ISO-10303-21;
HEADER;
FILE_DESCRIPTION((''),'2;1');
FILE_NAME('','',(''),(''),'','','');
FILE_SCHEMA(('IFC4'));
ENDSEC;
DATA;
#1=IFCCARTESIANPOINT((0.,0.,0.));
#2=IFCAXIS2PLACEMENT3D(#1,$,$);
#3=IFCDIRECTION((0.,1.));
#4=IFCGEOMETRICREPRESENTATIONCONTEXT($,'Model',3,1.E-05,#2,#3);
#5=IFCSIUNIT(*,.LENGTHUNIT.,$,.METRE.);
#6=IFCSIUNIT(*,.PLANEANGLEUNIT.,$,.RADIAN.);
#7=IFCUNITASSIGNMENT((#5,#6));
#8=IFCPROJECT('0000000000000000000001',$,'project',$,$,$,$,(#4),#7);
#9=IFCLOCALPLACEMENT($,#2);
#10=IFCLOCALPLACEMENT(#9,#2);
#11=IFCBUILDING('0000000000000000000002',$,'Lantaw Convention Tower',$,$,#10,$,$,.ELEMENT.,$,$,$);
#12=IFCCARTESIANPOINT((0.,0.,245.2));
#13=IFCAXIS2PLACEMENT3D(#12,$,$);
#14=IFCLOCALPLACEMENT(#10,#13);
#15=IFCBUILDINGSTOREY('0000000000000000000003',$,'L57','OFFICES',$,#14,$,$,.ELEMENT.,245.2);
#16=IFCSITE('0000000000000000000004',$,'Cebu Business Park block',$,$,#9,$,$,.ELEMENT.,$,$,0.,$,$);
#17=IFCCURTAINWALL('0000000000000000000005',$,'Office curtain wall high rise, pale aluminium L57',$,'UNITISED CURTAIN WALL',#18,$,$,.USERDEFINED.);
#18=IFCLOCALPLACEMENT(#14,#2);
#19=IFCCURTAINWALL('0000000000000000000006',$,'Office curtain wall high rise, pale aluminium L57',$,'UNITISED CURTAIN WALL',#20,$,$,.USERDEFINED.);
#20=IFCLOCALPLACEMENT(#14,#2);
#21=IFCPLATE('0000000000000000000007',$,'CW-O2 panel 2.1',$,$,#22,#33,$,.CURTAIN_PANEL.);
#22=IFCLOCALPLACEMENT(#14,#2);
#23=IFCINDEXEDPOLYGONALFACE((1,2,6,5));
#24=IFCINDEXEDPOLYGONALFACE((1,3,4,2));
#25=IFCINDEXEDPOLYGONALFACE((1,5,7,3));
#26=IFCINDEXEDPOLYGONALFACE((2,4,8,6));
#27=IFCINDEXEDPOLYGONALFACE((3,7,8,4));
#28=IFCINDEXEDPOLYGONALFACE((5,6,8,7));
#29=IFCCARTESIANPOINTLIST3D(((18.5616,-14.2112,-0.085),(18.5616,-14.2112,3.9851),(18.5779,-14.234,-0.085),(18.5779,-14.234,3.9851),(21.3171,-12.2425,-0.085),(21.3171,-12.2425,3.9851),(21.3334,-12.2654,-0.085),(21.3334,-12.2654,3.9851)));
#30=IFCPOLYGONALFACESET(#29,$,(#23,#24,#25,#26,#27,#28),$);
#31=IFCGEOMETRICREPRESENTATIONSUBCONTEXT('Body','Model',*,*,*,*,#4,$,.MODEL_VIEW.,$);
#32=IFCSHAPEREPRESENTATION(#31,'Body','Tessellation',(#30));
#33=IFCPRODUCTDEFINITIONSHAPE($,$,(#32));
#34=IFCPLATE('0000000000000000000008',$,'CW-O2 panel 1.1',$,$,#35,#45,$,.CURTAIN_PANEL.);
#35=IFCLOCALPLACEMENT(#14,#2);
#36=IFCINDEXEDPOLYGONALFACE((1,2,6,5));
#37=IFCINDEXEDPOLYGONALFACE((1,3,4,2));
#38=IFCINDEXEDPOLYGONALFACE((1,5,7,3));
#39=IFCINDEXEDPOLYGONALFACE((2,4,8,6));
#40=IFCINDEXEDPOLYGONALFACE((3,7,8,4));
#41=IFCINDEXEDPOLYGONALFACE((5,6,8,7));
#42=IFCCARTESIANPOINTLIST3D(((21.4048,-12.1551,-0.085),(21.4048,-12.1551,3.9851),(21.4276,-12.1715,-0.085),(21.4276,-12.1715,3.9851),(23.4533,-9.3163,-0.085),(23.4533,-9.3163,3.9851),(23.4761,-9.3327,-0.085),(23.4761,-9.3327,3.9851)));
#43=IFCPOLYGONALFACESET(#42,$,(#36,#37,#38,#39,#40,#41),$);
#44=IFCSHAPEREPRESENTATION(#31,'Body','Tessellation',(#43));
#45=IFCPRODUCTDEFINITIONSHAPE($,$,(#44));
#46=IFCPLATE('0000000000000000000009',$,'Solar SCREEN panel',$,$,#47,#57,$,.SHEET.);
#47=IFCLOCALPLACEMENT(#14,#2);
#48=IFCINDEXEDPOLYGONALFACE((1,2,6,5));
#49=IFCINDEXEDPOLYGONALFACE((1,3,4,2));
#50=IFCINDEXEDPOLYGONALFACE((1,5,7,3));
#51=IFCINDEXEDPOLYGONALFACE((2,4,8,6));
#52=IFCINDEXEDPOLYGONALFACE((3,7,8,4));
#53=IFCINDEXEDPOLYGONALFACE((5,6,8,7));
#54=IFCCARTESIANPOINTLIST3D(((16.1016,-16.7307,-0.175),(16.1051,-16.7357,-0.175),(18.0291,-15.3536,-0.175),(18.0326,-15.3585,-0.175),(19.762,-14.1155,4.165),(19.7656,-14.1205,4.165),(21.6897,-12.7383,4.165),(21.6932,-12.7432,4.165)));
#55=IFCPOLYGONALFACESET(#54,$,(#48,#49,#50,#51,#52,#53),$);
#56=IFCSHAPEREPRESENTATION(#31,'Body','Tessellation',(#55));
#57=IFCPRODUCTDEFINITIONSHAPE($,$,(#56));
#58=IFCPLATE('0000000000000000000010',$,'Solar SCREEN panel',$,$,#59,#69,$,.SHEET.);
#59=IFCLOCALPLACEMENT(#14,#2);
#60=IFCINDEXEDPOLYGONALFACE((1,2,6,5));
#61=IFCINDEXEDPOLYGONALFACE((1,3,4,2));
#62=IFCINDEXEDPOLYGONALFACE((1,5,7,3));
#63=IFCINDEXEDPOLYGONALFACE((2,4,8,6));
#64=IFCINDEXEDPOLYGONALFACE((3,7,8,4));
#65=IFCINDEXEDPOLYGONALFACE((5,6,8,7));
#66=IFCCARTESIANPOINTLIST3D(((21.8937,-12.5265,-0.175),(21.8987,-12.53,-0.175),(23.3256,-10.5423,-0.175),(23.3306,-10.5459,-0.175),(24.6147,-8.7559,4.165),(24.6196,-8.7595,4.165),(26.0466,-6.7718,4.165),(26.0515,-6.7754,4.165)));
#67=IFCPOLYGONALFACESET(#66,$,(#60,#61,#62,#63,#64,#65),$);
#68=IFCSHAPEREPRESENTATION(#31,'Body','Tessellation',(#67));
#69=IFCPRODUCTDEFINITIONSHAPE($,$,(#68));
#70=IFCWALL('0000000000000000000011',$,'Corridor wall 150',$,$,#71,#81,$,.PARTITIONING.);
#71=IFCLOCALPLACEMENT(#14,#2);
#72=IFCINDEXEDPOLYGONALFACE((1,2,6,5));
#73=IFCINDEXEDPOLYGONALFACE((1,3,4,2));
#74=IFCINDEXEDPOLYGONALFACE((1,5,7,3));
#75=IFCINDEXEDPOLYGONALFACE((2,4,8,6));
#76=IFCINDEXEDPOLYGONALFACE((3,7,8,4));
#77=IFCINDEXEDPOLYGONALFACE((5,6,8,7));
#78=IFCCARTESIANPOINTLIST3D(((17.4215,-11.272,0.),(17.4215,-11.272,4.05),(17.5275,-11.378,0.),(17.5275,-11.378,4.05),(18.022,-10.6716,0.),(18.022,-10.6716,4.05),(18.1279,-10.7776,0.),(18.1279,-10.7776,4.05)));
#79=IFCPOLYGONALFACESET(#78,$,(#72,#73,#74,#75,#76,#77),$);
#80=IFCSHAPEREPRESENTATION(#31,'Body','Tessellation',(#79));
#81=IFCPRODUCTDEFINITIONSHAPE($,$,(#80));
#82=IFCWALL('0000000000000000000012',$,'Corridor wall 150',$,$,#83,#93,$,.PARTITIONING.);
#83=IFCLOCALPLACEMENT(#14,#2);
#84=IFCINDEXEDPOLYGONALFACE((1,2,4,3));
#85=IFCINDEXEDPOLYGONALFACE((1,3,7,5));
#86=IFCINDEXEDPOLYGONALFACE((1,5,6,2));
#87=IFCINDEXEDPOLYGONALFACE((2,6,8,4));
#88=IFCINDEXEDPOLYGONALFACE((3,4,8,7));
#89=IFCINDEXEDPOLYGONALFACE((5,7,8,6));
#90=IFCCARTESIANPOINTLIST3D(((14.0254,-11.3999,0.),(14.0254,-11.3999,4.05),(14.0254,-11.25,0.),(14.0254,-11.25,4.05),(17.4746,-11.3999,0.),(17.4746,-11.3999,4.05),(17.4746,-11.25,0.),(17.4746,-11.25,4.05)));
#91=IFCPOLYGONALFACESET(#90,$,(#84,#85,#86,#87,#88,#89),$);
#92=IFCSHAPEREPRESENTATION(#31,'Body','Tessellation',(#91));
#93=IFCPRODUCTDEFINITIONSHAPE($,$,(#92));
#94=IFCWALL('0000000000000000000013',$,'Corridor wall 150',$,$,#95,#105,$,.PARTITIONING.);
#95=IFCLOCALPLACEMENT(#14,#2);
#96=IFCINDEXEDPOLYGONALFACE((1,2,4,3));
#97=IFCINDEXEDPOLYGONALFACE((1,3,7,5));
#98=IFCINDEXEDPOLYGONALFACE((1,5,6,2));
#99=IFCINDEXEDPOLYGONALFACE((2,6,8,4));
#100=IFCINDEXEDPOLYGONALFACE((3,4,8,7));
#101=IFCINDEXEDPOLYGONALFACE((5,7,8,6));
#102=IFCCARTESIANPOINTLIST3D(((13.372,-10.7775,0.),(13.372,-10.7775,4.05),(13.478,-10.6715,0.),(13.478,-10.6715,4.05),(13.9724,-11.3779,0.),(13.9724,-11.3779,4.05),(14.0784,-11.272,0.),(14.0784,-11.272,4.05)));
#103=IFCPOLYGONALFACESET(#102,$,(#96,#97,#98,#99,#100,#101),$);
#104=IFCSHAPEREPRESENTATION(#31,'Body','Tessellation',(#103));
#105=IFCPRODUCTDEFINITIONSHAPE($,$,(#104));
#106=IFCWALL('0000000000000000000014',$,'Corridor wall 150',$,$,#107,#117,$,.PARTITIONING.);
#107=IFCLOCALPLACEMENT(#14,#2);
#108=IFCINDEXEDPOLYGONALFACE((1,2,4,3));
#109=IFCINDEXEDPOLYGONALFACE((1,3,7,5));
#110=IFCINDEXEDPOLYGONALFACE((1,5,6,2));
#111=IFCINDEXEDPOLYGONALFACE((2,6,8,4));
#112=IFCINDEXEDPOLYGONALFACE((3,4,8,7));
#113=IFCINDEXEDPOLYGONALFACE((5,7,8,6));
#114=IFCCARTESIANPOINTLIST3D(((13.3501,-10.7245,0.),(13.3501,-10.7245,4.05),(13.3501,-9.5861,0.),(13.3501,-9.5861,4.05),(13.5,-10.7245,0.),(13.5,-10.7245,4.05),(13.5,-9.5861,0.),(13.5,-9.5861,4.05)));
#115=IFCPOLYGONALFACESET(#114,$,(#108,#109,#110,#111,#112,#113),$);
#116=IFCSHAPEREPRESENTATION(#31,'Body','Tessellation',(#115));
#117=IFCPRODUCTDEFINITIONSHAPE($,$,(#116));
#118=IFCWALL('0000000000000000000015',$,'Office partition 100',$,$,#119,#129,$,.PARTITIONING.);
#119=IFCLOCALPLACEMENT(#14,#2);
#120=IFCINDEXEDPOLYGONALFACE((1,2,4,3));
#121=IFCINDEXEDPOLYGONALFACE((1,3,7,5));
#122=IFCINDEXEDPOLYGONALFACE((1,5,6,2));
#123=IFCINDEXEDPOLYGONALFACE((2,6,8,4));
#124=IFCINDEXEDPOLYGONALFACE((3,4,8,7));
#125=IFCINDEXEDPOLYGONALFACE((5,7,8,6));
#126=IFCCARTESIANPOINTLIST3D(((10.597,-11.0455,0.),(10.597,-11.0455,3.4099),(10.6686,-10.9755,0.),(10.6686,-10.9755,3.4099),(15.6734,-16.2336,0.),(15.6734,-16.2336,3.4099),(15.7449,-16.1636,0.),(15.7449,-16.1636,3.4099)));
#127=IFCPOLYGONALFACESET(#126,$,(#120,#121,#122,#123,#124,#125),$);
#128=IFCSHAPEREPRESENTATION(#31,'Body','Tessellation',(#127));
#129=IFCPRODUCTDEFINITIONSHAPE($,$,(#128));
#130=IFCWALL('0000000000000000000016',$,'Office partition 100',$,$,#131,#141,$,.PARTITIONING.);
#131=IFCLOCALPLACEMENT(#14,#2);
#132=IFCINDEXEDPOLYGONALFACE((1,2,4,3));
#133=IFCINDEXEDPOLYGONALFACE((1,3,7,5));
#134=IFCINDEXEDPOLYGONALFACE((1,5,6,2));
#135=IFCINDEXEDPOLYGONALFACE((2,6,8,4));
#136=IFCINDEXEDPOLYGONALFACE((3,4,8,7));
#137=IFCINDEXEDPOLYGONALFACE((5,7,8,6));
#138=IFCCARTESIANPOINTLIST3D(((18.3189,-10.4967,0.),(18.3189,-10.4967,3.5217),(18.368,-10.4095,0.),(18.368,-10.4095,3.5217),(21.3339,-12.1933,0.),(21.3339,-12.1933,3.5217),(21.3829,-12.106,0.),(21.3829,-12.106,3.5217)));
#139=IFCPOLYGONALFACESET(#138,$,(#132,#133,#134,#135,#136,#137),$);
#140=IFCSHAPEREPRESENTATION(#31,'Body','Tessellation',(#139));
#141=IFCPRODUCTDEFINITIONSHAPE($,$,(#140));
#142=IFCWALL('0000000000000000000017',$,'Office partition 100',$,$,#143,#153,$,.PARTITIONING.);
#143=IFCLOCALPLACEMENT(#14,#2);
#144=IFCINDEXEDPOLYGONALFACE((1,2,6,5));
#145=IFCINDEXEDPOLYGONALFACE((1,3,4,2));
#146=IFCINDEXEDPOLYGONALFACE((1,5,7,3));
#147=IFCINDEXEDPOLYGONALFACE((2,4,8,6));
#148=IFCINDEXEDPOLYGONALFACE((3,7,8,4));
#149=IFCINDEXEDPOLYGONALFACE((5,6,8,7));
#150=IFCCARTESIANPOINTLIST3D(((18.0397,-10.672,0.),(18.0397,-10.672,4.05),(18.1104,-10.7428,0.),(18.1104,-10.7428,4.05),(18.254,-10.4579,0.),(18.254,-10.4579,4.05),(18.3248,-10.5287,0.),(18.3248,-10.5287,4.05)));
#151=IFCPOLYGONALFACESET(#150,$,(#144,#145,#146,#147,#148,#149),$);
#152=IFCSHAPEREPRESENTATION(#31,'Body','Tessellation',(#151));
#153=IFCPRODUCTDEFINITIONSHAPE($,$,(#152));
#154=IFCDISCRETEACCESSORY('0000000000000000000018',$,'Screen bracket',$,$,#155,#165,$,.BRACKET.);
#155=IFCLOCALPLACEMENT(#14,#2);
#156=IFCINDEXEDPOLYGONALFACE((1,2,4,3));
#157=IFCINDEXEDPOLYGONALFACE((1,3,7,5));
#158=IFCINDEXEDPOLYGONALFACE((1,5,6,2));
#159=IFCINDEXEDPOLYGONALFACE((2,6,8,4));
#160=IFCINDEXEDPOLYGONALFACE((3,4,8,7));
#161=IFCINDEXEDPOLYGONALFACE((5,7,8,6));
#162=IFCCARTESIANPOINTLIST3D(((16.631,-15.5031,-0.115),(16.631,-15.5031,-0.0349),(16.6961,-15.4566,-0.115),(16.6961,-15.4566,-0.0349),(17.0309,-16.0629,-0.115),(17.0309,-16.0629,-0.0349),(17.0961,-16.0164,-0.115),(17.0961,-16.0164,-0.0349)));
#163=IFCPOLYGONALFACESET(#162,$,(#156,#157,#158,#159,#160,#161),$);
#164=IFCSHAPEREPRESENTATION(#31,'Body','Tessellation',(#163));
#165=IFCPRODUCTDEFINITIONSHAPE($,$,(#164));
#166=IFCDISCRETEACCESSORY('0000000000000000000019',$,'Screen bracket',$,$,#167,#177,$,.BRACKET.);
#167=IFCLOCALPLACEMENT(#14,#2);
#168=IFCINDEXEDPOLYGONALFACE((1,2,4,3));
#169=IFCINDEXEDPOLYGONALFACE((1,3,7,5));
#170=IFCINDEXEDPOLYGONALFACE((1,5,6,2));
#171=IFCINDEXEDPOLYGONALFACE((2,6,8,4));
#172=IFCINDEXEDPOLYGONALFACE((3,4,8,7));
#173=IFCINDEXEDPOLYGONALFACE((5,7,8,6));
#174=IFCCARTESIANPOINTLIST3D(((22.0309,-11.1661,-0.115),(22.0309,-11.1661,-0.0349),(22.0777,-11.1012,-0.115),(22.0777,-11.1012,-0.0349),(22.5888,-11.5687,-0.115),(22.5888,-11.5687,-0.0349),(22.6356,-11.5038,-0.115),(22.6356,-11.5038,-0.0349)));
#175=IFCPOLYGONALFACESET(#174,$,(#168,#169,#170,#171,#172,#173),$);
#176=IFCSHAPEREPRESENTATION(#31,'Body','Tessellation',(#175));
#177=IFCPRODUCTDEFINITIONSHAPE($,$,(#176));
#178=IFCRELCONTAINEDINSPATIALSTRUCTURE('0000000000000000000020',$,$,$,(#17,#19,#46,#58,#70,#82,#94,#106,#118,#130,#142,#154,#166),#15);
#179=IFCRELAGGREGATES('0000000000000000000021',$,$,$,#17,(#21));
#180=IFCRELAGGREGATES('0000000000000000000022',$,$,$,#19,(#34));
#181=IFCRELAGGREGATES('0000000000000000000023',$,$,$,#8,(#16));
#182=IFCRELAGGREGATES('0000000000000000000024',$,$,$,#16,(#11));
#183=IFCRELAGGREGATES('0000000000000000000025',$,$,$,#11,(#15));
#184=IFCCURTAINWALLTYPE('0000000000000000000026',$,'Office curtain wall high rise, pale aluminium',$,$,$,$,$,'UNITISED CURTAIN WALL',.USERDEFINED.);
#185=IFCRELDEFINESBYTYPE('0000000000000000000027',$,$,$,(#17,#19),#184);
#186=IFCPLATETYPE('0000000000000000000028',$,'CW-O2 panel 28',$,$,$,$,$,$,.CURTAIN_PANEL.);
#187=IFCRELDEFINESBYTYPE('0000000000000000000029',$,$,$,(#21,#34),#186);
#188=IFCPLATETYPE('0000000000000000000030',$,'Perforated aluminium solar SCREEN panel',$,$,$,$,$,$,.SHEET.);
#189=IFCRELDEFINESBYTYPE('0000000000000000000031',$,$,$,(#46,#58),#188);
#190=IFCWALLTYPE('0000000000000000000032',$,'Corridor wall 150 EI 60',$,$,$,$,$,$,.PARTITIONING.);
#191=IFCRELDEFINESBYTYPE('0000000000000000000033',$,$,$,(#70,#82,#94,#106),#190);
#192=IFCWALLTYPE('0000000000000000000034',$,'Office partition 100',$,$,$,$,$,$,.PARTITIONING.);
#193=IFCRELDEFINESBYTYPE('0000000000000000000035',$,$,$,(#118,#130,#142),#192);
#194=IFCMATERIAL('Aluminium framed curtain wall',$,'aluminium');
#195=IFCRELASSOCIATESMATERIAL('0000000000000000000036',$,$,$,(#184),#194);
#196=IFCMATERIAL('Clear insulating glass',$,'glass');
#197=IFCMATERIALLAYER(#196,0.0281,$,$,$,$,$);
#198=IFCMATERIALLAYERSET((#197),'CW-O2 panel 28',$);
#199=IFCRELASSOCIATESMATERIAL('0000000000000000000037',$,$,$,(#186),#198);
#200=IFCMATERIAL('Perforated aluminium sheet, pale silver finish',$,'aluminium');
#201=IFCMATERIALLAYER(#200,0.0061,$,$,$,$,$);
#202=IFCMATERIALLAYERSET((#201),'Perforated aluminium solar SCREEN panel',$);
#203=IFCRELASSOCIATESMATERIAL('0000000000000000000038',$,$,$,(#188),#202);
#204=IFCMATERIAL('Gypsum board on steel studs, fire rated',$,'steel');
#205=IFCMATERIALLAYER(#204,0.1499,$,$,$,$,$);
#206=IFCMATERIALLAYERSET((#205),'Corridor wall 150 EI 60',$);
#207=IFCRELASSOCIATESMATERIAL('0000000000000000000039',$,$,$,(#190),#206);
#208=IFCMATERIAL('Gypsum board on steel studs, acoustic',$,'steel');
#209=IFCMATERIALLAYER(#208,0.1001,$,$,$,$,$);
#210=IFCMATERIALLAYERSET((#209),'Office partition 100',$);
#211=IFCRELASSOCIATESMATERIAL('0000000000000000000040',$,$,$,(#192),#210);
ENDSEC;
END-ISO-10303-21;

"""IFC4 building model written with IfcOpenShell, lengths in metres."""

from ifc_helpers import new_model, si_unit, direction, frame, frame_2d, origin, origin_2d, place, context, subcontext, project, spatial, polyline, rectangle, outline, extrude, material, layer, layer_set, type_object, element, aggregate, save


model = new_model("IFC4")

# Units and contexts
model_context = context("Model", 3, precision=1e-05, world=origin(), true_north=direction((0.0, 1.0)))
body_context = subcontext(model_context, "Body", "Model", "MODEL_VIEW")
ifc_project = project(units=[si_unit("LENGTHUNIT", "METRE"), si_unit("PLANEANGLEUNIT", "RADIAN")], contexts=[model_context])

# Site, building, storey
site_placement = place(None, origin())
site = spatial("IfcSite", under=ifc_project, at=site_placement, Name="Cebu Business Park block", CompositionType="ELEMENT", RefElevation=0.0)
building_placement = place(site_placement, origin())
building = spatial("IfcBuilding", under=site, at=building_placement, Name="Lantaw Convention Tower", CompositionType="ELEMENT")
storey_placement = place(building_placement, frame((0.0, 0.0, 245.2)))
storey = spatial("IfcBuildingStorey", under=building, at=storey_placement, Name="L57", Description="OFFICES", CompositionType="ELEMENT", Elevation=245.2)

# Shared definitions
ifc_material_1 = material(Name="Aluminium framed curtain wall", Category="aluminium")
curtain_wall_type = type_object("IfcCurtainWallType", Name="Office curtain wall high rise, pale aluminium", ElementType="UNITISED CURTAIN WALL", PredefinedType="USERDEFINED", material=ifc_material_1)

# Curtain walls
curtain_wall_1_placement = place(storey_placement, origin())
curtain_wall_1 = element("IfcCurtainWall", 1, at=curtain_wall_1_placement, inside=storey, type_object=curtain_wall_type, Name="Office curtain wall high rise, pale aluminium L57", ObjectType="UNITISED CURTAIN WALL", PredefinedType="USERDEFINED")
curtain_wall_2_placement = place(storey_placement, origin())
curtain_wall_2 = element("IfcCurtainWall", 2, at=curtain_wall_2_placement, inside=storey, type_object=curtain_wall_type, Name="Office curtain wall high rise, pale aluminium L57", ObjectType="UNITISED CURTAIN WALL", PredefinedType="USERDEFINED")

# Plates
ifc_material_2 = material(Name="Clear insulating glass", Category="glass")
ifc_layer_1 = layer(ifc_material_2, 0.0281)
ifc_layer_set_1 = layer_set([ifc_layer_1], Name="CW-O2 panel 28")
plate_type_1 = type_object("IfcPlateType", Name="CW-O2 panel 28", PredefinedType="CURTAIN_PANEL", material=ifc_layer_set_1)
plate_1_placement = place(storey_placement, frame((19.9475, -13.2383, -0.085), z_axis=(0.0, 0.0, 1.0), x_axis=(0.813673, 0.581323, 0.0)))
plate_1 = element("IfcPlate", 3, at=plate_1_placement, type_object=plate_type_1, Name="CW-O2 panel 2.1", PredefinedType="CURTAIN_PANEL", context=body_context, shape_type="SweptSolid", body=[
    extrude(rectangle(XDim=3.3865, YDim=0.0281, at=origin_2d()), origin(), (0.0, 0.0, 1.0), 4.0701),
])
aggregate(curtain_wall_1, [plate_1])
plate_2_placement = place(storey_placement, frame((22.4404, -10.7439, -0.085), z_axis=(0.0, 0.0, 1.0), x_axis=(0.585158, 0.81092, 0.0)))
plate_2 = element("IfcPlate", 4, at=plate_2_placement, type_object=plate_type_1, Name="CW-O2 panel 1.1", PredefinedType="CURTAIN_PANEL", context=body_context, shape_type="SweptSolid", body=[
    extrude(rectangle(XDim=3.5007, YDim=0.0281, at=origin_2d()), origin(), (0.0, 0.0, 1.0), 4.0701),
])
aggregate(curtain_wall_2, [plate_2])

# Plates
ifc_material_3 = material(Name="Perforated aluminium sheet, pale silver finish", Category="aluminium")
ifc_layer_2 = layer(ifc_material_3, 0.0061)
ifc_layer_set_2 = layer_set([ifc_layer_2], Name="Perforated aluminium solar SCREEN panel")
plate_type_2 = type_object("IfcPlateType", Name="Perforated aluminium solar SCREEN panel", PredefinedType="SHEET", material=ifc_layer_set_2)
plate_3_placement = place(storey_placement, frame((16.1016, -16.7307, -0.175), z_axis=(-0.581331, 0.813667, 0.00001), x_axis=(0.813667, 0.581331, 0.0)))
element("IfcPlate", 5, at=plate_3_placement, inside=storey, type_object=plate_type_2, Name="Solar SCREEN panel", PredefinedType="SHEET", context=body_context, shape_type="SweptSolid", body=[
    extrude(outline(polyline([(0.0, 0.0), (2.3689, 0.0), (6.8678, -4.3401), (4.4987, -4.3401), (0.0, 0.0)])), origin(), (0.0, 0.0, -1.0), 0.0061),
])
plate_4_placement = place(storey_placement, frame((21.8987, -12.53, -0.175), z_axis=(0.810892, -0.585195, 0.00002), x_axis=(0.585195, 0.810892, 0.0)))
element("IfcPlate", 6, at=plate_4_placement, inside=storey, type_object=plate_type_2, Name="Solar SCREEN panel", PredefinedType="SHEET", context=body_context, shape_type="SweptSolid", body=[
    extrude(outline(polyline([(0.0, 0.0), (2.4468, 0.0), (7.0966, 4.3401), (4.6498, 4.3401), (0.0, 0.0)])), origin(), (0.0, 0.0, -1.0), 0.0061),
])

# Walls
ifc_material_4 = material(Name="Gypsum board on steel studs, fire rated", Category="steel")
ifc_layer_3 = layer(ifc_material_4, 0.1499)
ifc_layer_set_3 = layer_set([ifc_layer_3], Name="Corridor wall 150 EI 60")
wall_type_1 = type_object("IfcWallType", Name="Corridor wall 150 EI 60", PredefinedType="PARTITIONING", material=ifc_layer_set_3)
wall_1_placement = place(storey_placement, frame((18.075, -10.7246, 0.0), z_axis=(0.0, 0.0, 1.0), x_axis=(-0.707107, -0.707107, 0.0)))
element("IfcWall", 7, at=wall_1_placement, inside=storey, type_object=wall_type_1, Name="Corridor wall 150", PredefinedType="PARTITIONING", context=body_context, shape_type="SweptSolid", body=[
    extrude(rectangle(XDim=0.8491, YDim=0.1499, at=frame_2d((0.4246, 0.0))), origin(), (0.0, 0.0, 1.0), 4.05),
])
wall_2_placement = place(storey_placement, frame((17.4746, -11.325, 0.0), z_axis=(0.0, 0.0, 1.0), x_axis=(-1.0, 0.0, 0.0)))
element("IfcWall", 8, at=wall_2_placement, inside=storey, type_object=wall_type_1, Name="Corridor wall 150", PredefinedType="PARTITIONING", context=body_context, shape_type="SweptSolid", body=[
    extrude(rectangle(XDim=3.4492, YDim=0.1499, at=frame_2d((1.7246, 0.0))), origin(), (0.0, 0.0, 1.0), 4.05),
])
wall_3_placement = place(storey_placement, frame((14.0254, -11.325, 0.0), z_axis=(0.0, 0.0, 1.0), x_axis=(-0.707107, 0.707107, 0.0)))
element("IfcWall", 9, at=wall_3_placement, inside=storey, type_object=wall_type_1, Name="Corridor wall 150", PredefinedType="PARTITIONING", context=body_context, shape_type="SweptSolid", body=[
    extrude(rectangle(XDim=0.8491, YDim=0.1499, at=frame_2d((0.4246, 0.0))), origin(), (0.0, 0.0, 1.0), 4.05),
])
wall_4_placement = place(storey_placement, frame((13.425, -10.7246, 0.0), z_axis=(0.0, 0.0, 1.0), x_axis=(0.0, 1.0, 0.0)))
element("IfcWall", 10, at=wall_4_placement, inside=storey, type_object=wall_type_1, Name="Corridor wall 150", PredefinedType="PARTITIONING", context=body_context, shape_type="SweptSolid", body=[
    extrude(rectangle(XDim=1.1384, YDim=0.1499, at=frame_2d((0.5693, 0.0))), origin(), (0.0, 0.0, 1.0), 4.05),
])
ifc_material_5 = material(Name="Gypsum board on steel studs, acoustic", Category="steel")
ifc_layer_4 = layer(ifc_material_5, 0.1001)
ifc_layer_set_4 = layer_set([ifc_layer_4], Name="Office partition 100")
wall_type_2 = type_object("IfcWallType", Name="Office partition 100", PredefinedType="PARTITIONING", material=ifc_layer_set_4)
wall_5_placement = place(storey_placement, frame((15.7092, -16.1987, 0.0), z_axis=(0.0, 0.0, 1.0), x_axis=(-0.699363, 0.714767, 0.0)))
element("IfcWall", 11, at=wall_5_placement, inside=storey, type_object=wall_type_2, Name="Office partition 100", PredefinedType="PARTITIONING", context=body_context, shape_type="SweptSolid", body=[
    extrude(rectangle(XDim=7.2585, YDim=0.1001, at=frame_2d((3.6294, 0.0))), origin(), (0.0, 0.0, 1.0), 3.4099),
])
wall_6_placement = place(storey_placement, frame((21.3584, -12.1497, 0.0), z_axis=(0.0, 0.0, 1.0), x_axis=(-0.871494, 0.490405, 0.0)))
element("IfcWall", 12, at=wall_6_placement, inside=storey, type_object=wall_type_2, Name="Office partition 100", PredefinedType="PARTITIONING", context=body_context, shape_type="SweptSolid", body=[
    extrude(rectangle(XDim=3.4595, YDim=0.1001, at=frame_2d((1.7297, 0.0))), origin(), (0.0, 0.0, 1.0), 3.5217),
])
wall_7_placement = place(storey_placement, frame((18.2893, -10.4934, 0.0), z_axis=(0.0, 0.0, 1.0), x_axis=(-0.70751, -0.706704, 0.0)))
element("IfcWall", 13, at=wall_7_placement, inside=storey, type_object=wall_type_2, Name="Office partition 100", PredefinedType="PARTITIONING", context=body_context, shape_type="SweptSolid", body=[
    extrude(rectangle(XDim=0.303, YDim=0.1001, at=frame_2d((0.1514, 0.0))), origin(), (0.0, 0.0, 1.0), 4.05),
])

# Discrete accessories
for number, where, z_axis, x_axis, name in (
    (14, (16.8635, -15.7598, -0.115), (0.0, 0.0, 1.0), (0.813673, 0.581323, 0.0), "Screen bracket"),
    (15, (22.3333, -11.335, -0.115), (0.0, 0.0, 1.0), (0.585158, 0.81092, 0.0), "Screen bracket"),
):
    element("IfcDiscreteAccessory", number, at=place(storey_placement, frame(where, z_axis=z_axis, x_axis=x_axis)), inside=storey, Name=name, PredefinedType="BRACKET", context=body_context, shape_type="SweptSolid", body=[
        extrude(rectangle(XDim=0.0801, YDim=0.688, at=origin_2d()), origin(), (0.0, 0.0, 1.0), 0.0801),
    ])

save(model, "model.ifc")
